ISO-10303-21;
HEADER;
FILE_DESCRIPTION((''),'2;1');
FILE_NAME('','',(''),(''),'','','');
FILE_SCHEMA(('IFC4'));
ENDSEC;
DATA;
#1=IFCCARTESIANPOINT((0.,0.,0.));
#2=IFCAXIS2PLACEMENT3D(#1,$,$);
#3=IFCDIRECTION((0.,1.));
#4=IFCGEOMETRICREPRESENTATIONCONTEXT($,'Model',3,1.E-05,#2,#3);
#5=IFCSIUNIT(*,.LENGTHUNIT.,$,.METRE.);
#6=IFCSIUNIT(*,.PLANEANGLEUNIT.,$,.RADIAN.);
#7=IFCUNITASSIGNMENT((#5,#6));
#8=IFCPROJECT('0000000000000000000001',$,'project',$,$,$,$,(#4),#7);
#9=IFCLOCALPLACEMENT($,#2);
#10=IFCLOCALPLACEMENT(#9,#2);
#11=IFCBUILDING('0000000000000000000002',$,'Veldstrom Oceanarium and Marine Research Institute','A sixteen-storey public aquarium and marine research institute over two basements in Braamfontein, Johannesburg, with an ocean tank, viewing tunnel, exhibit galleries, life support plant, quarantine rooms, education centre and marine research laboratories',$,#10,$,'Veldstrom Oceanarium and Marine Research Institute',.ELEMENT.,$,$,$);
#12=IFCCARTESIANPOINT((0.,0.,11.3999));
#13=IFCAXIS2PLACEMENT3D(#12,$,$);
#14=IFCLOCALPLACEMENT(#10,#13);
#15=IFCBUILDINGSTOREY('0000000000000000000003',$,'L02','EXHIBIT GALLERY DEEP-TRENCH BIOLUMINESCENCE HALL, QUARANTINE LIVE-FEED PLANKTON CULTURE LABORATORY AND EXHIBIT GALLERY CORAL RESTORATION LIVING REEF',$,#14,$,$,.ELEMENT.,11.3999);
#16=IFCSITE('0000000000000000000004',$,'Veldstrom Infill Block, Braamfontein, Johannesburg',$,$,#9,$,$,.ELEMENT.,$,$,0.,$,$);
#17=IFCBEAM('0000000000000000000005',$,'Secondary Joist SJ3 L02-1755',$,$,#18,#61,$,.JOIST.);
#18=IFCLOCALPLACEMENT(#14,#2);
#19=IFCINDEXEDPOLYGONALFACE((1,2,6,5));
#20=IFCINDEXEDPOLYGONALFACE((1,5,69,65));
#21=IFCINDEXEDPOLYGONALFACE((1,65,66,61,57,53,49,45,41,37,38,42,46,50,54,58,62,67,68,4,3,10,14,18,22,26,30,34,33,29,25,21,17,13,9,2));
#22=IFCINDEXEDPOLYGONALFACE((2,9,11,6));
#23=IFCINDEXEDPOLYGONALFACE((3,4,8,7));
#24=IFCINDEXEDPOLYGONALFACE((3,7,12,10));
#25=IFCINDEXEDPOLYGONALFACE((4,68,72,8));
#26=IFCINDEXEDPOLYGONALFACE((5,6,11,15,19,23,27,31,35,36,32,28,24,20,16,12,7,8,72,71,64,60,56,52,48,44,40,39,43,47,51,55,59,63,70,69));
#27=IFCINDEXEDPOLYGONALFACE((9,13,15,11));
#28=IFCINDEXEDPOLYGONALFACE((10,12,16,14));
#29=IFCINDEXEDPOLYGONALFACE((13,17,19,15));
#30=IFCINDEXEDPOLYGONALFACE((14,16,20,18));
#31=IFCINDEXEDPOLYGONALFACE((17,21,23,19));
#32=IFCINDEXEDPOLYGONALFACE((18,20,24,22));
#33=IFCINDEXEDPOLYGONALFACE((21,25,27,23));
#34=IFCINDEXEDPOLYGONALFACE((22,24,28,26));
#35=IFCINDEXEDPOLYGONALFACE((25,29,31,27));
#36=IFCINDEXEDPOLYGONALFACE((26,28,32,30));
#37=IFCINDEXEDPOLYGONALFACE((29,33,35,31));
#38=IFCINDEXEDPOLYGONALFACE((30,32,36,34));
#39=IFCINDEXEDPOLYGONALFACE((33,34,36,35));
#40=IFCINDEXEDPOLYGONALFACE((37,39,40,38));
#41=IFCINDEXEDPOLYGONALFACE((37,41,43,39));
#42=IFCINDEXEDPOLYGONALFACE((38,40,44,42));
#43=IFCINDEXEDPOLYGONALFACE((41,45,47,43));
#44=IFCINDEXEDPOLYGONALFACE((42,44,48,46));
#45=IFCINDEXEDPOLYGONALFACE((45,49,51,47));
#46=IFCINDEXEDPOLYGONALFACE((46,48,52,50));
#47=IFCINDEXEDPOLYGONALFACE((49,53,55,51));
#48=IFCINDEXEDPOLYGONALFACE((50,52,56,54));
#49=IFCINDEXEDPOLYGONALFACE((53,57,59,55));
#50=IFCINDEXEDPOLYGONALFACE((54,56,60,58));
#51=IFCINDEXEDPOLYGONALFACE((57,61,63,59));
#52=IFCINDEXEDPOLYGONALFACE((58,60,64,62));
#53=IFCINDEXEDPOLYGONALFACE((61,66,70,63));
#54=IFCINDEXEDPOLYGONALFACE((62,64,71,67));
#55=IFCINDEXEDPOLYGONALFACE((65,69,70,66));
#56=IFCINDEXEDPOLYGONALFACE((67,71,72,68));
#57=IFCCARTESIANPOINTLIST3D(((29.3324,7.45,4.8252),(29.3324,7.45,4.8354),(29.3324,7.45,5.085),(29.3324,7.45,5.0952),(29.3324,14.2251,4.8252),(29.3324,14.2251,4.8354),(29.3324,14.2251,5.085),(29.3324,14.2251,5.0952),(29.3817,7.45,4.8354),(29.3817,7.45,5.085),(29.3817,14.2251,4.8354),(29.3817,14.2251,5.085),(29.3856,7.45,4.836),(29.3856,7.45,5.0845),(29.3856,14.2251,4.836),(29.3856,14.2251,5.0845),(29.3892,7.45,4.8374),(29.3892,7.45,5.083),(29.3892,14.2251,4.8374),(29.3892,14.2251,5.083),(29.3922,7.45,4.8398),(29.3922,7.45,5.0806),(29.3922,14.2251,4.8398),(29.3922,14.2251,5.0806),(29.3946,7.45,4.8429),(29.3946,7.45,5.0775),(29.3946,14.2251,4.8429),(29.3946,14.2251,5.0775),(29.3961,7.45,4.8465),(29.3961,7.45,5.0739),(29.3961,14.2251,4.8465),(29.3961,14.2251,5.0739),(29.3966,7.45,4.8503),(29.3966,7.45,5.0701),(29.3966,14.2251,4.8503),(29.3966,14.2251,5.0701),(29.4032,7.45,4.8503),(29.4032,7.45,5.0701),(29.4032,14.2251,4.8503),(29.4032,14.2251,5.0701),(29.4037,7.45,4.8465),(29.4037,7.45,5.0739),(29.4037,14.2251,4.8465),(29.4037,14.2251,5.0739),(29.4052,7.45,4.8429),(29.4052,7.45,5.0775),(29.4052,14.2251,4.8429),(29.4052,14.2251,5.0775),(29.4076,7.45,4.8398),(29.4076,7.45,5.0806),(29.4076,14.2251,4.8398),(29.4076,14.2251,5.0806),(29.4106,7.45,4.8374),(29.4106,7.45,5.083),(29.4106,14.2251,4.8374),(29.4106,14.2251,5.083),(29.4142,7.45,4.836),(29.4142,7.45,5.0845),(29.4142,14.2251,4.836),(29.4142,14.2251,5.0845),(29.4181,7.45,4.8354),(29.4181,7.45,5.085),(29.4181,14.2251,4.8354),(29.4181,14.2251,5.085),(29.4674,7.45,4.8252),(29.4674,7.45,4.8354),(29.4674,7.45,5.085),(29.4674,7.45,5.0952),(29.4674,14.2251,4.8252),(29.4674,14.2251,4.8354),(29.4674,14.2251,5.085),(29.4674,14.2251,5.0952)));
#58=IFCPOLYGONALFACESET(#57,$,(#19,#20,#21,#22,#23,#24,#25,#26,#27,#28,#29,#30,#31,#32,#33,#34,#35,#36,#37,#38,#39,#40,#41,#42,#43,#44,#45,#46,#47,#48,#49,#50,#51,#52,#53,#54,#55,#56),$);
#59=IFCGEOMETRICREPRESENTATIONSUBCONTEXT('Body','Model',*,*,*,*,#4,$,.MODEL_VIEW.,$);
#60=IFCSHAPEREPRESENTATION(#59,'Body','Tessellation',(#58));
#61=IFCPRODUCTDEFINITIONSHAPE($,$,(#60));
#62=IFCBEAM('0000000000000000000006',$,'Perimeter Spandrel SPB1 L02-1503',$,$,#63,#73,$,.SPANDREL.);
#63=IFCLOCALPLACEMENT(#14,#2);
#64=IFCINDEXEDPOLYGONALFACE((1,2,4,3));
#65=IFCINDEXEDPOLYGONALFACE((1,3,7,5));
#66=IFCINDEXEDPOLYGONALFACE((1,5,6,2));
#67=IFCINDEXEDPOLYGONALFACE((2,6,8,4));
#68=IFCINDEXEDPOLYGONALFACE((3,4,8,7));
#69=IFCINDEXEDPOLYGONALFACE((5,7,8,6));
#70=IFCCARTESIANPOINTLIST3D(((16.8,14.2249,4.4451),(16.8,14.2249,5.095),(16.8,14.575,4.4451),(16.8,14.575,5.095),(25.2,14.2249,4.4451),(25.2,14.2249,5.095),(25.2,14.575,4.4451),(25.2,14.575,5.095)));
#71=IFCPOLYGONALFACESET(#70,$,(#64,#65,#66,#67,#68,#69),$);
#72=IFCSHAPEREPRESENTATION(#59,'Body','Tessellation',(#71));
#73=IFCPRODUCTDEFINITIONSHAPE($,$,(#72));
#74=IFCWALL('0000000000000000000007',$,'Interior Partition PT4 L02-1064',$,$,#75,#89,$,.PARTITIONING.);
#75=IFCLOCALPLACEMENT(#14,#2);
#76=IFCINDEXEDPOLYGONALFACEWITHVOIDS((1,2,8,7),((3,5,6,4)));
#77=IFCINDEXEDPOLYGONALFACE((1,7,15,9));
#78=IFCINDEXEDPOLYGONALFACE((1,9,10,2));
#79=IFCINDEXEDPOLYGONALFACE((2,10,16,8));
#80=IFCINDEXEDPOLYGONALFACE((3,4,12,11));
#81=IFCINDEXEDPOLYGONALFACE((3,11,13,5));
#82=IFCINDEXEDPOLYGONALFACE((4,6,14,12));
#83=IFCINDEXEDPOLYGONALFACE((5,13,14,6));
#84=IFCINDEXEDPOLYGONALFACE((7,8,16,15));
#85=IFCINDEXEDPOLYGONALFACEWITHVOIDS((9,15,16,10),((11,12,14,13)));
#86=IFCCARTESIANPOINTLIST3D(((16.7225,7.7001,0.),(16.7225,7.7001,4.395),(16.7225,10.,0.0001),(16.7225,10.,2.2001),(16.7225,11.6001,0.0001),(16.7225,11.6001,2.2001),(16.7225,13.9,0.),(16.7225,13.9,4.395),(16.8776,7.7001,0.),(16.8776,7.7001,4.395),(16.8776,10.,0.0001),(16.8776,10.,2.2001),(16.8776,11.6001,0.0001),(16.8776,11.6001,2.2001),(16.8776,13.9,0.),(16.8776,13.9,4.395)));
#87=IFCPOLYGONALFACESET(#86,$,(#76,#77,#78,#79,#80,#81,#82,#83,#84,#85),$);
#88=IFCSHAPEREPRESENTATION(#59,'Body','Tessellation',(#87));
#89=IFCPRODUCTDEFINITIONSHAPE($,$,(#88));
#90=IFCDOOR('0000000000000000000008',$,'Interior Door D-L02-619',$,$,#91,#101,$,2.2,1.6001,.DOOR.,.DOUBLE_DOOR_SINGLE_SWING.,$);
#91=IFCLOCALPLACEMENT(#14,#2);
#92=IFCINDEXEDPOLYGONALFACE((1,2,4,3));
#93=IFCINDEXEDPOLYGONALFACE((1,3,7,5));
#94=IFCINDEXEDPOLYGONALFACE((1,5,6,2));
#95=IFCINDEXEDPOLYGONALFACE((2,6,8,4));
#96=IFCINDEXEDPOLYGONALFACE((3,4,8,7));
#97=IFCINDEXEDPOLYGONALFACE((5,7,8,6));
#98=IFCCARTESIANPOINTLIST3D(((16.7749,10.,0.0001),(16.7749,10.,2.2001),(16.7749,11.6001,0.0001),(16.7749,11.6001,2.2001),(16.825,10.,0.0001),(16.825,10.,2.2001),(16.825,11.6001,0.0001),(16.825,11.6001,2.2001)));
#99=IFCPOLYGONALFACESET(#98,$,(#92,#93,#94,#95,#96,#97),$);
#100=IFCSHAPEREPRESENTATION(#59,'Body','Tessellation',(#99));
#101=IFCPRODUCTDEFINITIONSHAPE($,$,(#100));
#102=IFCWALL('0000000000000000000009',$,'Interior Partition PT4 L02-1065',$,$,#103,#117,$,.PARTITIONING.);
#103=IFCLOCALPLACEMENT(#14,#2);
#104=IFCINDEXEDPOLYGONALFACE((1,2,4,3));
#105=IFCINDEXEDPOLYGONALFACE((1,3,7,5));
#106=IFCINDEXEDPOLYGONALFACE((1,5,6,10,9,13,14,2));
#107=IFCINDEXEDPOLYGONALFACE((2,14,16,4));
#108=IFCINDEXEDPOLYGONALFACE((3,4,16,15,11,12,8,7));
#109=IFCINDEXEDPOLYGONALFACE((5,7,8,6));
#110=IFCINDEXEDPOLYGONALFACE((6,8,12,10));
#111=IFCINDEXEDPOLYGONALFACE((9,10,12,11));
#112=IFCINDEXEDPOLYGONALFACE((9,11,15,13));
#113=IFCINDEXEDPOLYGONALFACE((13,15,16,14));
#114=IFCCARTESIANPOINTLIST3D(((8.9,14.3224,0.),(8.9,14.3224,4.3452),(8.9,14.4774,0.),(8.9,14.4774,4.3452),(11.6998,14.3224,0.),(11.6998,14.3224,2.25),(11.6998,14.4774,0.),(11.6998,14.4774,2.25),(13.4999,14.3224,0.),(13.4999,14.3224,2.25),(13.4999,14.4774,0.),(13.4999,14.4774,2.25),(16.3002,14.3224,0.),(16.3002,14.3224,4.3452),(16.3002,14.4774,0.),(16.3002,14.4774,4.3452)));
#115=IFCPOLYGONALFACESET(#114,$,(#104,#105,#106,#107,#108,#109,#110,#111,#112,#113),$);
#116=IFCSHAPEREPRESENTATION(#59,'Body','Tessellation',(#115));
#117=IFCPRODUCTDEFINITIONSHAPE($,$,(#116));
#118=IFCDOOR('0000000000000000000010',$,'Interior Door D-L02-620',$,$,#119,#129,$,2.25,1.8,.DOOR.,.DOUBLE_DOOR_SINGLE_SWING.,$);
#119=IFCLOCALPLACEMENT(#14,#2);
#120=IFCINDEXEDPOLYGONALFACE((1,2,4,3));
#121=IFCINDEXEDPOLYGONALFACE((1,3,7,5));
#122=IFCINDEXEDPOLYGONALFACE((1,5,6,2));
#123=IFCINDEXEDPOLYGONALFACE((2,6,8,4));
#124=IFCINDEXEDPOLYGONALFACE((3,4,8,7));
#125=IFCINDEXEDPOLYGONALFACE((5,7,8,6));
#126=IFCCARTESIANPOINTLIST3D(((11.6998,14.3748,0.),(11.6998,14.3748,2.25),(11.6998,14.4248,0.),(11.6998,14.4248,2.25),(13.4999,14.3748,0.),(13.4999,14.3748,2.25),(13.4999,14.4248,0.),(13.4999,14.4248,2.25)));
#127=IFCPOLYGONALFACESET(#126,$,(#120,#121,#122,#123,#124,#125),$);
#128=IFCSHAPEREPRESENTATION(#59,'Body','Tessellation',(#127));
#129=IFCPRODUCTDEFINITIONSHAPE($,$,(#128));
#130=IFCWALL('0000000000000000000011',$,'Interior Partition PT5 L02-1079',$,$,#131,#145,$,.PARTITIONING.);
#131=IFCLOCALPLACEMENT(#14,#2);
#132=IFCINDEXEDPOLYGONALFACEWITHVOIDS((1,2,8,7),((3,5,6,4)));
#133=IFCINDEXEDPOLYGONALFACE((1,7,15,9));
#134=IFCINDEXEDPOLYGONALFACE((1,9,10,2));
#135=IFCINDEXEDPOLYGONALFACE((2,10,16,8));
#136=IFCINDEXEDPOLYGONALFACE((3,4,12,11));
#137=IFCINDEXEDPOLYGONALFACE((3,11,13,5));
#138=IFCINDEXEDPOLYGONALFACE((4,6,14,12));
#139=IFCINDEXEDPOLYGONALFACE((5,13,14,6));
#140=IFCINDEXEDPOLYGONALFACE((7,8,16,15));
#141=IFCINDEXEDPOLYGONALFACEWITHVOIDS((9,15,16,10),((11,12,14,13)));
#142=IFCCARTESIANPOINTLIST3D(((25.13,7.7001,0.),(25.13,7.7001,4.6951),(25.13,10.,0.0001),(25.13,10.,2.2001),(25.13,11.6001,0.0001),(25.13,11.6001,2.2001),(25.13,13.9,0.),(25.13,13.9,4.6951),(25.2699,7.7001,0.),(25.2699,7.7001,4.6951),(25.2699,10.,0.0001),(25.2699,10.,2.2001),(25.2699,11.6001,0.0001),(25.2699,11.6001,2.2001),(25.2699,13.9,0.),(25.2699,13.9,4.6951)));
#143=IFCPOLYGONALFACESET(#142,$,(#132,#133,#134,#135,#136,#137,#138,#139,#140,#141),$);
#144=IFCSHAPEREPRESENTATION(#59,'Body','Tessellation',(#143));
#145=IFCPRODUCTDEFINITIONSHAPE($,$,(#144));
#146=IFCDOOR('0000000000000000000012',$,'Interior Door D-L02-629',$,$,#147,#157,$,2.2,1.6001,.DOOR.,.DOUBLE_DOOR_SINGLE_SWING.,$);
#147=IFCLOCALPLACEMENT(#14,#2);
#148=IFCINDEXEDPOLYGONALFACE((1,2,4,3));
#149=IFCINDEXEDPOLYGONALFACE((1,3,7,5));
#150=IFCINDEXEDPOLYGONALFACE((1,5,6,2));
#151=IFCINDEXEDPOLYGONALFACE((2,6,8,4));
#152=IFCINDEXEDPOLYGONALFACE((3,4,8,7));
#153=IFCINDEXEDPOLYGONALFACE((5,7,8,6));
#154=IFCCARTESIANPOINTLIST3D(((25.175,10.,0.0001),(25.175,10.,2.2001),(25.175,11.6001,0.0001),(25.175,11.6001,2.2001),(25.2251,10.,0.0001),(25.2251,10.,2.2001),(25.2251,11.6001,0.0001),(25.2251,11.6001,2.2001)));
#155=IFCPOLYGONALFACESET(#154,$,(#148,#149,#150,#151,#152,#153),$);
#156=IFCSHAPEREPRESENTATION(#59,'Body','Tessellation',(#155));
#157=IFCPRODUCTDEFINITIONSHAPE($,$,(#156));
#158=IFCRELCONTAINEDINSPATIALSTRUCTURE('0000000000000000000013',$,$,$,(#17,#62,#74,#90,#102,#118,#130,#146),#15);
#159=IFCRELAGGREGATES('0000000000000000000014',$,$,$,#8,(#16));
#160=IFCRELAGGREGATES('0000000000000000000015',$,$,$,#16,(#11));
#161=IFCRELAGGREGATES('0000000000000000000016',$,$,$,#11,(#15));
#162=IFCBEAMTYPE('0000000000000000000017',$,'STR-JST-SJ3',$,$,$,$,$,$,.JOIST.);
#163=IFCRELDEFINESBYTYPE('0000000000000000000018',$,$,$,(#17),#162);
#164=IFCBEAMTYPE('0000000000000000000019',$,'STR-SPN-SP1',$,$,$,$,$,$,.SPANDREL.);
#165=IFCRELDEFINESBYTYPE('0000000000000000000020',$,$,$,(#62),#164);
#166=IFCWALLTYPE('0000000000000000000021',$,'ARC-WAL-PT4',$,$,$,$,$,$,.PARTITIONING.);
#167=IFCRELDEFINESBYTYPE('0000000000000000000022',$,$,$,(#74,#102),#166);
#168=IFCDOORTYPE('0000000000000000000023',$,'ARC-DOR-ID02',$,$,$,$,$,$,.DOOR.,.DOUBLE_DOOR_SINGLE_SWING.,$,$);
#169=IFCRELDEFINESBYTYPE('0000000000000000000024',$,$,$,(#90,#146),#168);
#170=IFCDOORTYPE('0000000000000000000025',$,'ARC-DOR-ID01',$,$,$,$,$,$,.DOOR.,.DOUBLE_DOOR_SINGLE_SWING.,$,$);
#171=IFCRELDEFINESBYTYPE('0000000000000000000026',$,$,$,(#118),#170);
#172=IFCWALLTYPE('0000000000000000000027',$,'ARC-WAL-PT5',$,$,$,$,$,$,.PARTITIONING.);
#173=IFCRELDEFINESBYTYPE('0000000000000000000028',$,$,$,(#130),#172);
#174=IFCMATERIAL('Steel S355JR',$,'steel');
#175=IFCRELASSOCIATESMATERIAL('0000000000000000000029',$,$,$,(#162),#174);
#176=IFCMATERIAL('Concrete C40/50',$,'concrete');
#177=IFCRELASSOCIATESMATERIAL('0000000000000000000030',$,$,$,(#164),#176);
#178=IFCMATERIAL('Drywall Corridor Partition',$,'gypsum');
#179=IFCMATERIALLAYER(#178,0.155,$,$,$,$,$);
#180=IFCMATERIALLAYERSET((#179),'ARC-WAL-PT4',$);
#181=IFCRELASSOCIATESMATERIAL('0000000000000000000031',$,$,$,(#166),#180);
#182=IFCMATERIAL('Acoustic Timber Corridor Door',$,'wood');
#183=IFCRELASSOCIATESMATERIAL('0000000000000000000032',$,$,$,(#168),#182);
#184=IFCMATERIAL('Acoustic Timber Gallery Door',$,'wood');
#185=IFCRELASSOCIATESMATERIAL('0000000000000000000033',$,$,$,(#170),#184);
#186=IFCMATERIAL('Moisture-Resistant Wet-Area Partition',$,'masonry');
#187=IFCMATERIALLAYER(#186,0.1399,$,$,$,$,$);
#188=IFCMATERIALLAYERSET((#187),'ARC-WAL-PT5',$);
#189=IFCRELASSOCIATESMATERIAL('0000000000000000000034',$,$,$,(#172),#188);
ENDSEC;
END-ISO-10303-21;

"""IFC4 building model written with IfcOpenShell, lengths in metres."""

from ifc_helpers import new_model, si_unit, direction, frame, frame_2d, origin, origin_2d, place, context, subcontext, project, spatial, rectangle, i_section, extrude, material, layer, layer_set, material_profile, profile_set, type_object, element, fill, save


model = new_model("IFC4")

# Units and contexts
model_context = context("Model", 3, precision=1e-05, world=origin(), true_north=direction((0.0, 1.0)))
body_context = subcontext(model_context, "Body", "Model", "MODEL_VIEW")
ifc_project = project(units=[si_unit("LENGTHUNIT", "METRE"), si_unit("PLANEANGLEUNIT", "RADIAN")], contexts=[model_context])

# Site, building, storey
site_placement = place(None, origin())
site = spatial("IfcSite", under=ifc_project, at=site_placement, Name="Veldstrom Infill Block, Braamfontein, Johannesburg", CompositionType="ELEMENT", RefElevation=0.0)
building_placement = place(site_placement, origin())
building = spatial("IfcBuilding", under=site, at=building_placement, Name="Veldstrom Oceanarium and Marine Research Institute", Description="A sixteen-storey public aquarium and marine research institute over two basements in Braamfontein, Johannesburg, with an ocean tank, viewing tunnel, exhibit galleries, life support plant, quarantine rooms, education centre and marine research laboratories", LongName="Veldstrom Oceanarium and Marine Research Institute", CompositionType="ELEMENT")
storey_placement = place(building_placement, frame((0.0, 0.0, 11.3999)))
storey = spatial("IfcBuildingStorey", under=building, at=storey_placement, Name="L02", Description="EXHIBIT GALLERY DEEP-TRENCH BIOLUMINESCENCE HALL, QUARANTINE LIVE-FEED PLANKTON CULTURE LABORATORY AND EXHIBIT GALLERY CORAL RESTORATION LIVING REEF", CompositionType="ELEMENT", Elevation=11.3999)

# Beams
ifc_material_1 = material(Name="Steel S355JR", Category="steel")
ifc_material_profile_1 = material_profile(ifc_material_1, i_section(OverallWidth=0.135, OverallDepth=0.27, WebThickness=0.0066, FlangeThickness=0.0103, FilletRadius=0.0149, at=origin_2d()), Name="IPE 270")
ifc_profile_set_1 = profile_set([ifc_material_profile_1], Name="Steel S355JR")
beam_type_1 = type_object("IfcBeamType", Name="STR-JST-SJ3", PredefinedType="JOIST", material=ifc_profile_set_1)
beam_1_placement = place(storey_placement, frame((29.3999, 7.45, 4.9602), z_axis=(0.0, 1.0, 0.0), x_axis=(-1.0, 0.0, 0.0)))
element("IfcBeam", 1, at=beam_1_placement, inside=storey, type_object=beam_type_1, Name="Secondary Joist SJ3 L02-1755", PredefinedType="JOIST", context=body_context, shape_type="SweptSolid", body=[
    extrude(i_section(OverallWidth=0.135, OverallDepth=0.27, WebThickness=0.0066, FlangeThickness=0.0103, FilletRadius=0.0149, at=origin_2d()), origin(), (0.0, 0.0, 1.0), 6.7751),
])
ifc_material_2 = material(Name="Concrete C40/50", Category="concrete")
ifc_material_profile_2 = material_profile(ifc_material_2, rectangle(XDim=0.3501, YDim=0.6499, at=origin_2d()), Name="RC-SPN-350x650")
ifc_profile_set_2 = profile_set([ifc_material_profile_2], Name="Concrete C40/50")
beam_type_2 = type_object("IfcBeamType", Name="STR-SPN-SP1", PredefinedType="SPANDREL", material=ifc_profile_set_2)
beam_2_placement = place(storey_placement, frame((16.8, 14.3999, 4.77), z_axis=(1.0, 0.0, 0.0), x_axis=(0.0, 1.0, 0.0)))
element("IfcBeam", 2, at=beam_2_placement, inside=storey, type_object=beam_type_2, Name="Perimeter Spandrel SPB1 L02-1503", PredefinedType="SPANDREL", context=body_context, shape_type="SweptSolid", body=[
    extrude(rectangle(XDim=0.3501, YDim=0.6499, at=origin_2d()), origin(), (0.0, 0.0, 1.0), 8.3999),
])

# Walls, openings, doors
ifc_material_3 = material(Name="Drywall Corridor Partition", Category="gypsum")
ifc_layer_1 = layer(ifc_material_3, 0.155)
ifc_layer_set_1 = layer_set([ifc_layer_1], Name="ARC-WAL-PT4")
wall_type_1 = type_object("IfcWallType", Name="ARC-WAL-PT4", PredefinedType="PARTITIONING", material=ifc_layer_set_1)
wall_1_placement = place(storey_placement, frame((16.8, 7.7, 0.0), z_axis=(0.0, 0.0, 1.0), x_axis=(0.0, 1.0, 0.0)))
wall_1 = element("IfcWall", 3, at=wall_1_placement, inside=storey, type_object=wall_type_1, Name="Interior Partition PT4 L02-1064", PredefinedType="PARTITIONING", context=body_context, shape_type="SweptSolid", body=[
    extrude(rectangle(XDim=6.2, YDim=0.155, at=frame_2d((3.1001, 0.0))), origin(), (0.0, 0.0, 1.0), 4.395),
])
opening_1_placement = place(wall_1_placement, frame((2.3, 0.0, 0.0)))
opening_1 = element("IfcOpeningElement", 4, at=opening_1_placement, cuts=wall_1, PredefinedType="OPENING", context=body_context, shape_type="SweptSolid", body=[
    extrude(rectangle(XDim=1.6001, YDim=2.2, at=frame_2d((0.8, 1.1001))), frame((0.0, 0.0874, 0.0), z_axis=(0.0, -1.0, 0.0), x_axis=(1.0, 0.0, 0.0)), (0.0, 0.0, 1.0), 0.175),
])
ifc_material_4 = material(Name="Acoustic Timber Corridor Door", Category="wood")
door_type_1 = type_object("IfcDoorType", Name="ARC-DOR-ID02", OperationType="DOUBLE_DOOR_SINGLE_SWING", PredefinedType="DOOR", material=ifc_material_4)
door_1_placement = place(opening_1_placement, frame((1.6001, 0.0, 0.0), z_axis=(0.0, 0.0, 1.0), x_axis=(-1.0, 0.0, 0.0)))
door_1 = element("IfcDoor", 5, at=door_1_placement, inside=storey, type_object=door_type_1, Name="Interior Door D-L02-619", OperationType="DOUBLE_DOOR_SINGLE_SWING", OverallHeight=2.2, OverallWidth=1.6001, PredefinedType="DOOR", context=body_context, shape_type="SweptSolid", body=[
    extrude(rectangle(XDim=1.6001, YDim=2.2, at=frame_2d((0.8, 1.1001))), frame((0.0, 0.0249, 0.0), z_axis=(0.0, -1.0, 0.0), x_axis=(1.0, 0.0, 0.0)), (0.0, 0.0, 1.0), 0.05),
])
fill(opening_1, door_1)
wall_2_placement = place(storey_placement, frame((8.8999, 14.3999, 0.0), z_axis=(0.0, 0.0, 1.0), x_axis=(1.0, 0.0, 0.0)))
wall_2 = element("IfcWall", 6, at=wall_2_placement, inside=storey, type_object=wall_type_1, Name="Interior Partition PT4 L02-1065", PredefinedType="PARTITIONING", context=body_context, shape_type="SweptSolid", body=[
    extrude(rectangle(XDim=7.4001, YDim=0.155, at=frame_2d((3.7002, 0.0))), origin(), (0.0, 0.0, 1.0), 4.3452),
])
opening_2_placement = place(wall_2_placement, frame((2.8, 0.0, 0.0)))
opening_2 = element("IfcOpeningElement", 7, at=opening_2_placement, cuts=wall_2, PredefinedType="OPENING", context=body_context, shape_type="SweptSolid", body=[
    extrude(rectangle(XDim=1.8, YDim=2.25, at=frame_2d((0.8999, 1.125))), frame((0.0, 0.0874, 0.0), z_axis=(0.0, -1.0, 0.0), x_axis=(1.0, 0.0, 0.0)), (0.0, 0.0, 1.0), 0.175),
])
ifc_material_5 = material(Name="Acoustic Timber Gallery Door", Category="wood")
door_type_2 = type_object("IfcDoorType", Name="ARC-DOR-ID01", OperationType="DOUBLE_DOOR_SINGLE_SWING", PredefinedType="DOOR", material=ifc_material_5)
door_2_placement = place(opening_2_placement, origin())
door_2 = element("IfcDoor", 8, at=door_2_placement, inside=storey, type_object=door_type_2, Name="Interior Door D-L02-620", OperationType="DOUBLE_DOOR_SINGLE_SWING", OverallHeight=2.25, OverallWidth=1.8, PredefinedType="DOOR", context=body_context, shape_type="SweptSolid", body=[
    extrude(rectangle(XDim=1.8, YDim=2.25, at=frame_2d((0.8999, 1.125))), frame((0.0, 0.0249, 0.0), z_axis=(0.0, -1.0, 0.0), x_axis=(1.0, 0.0, 0.0)), (0.0, 0.0, 1.0), 0.05),
])
fill(opening_2, door_2)
ifc_material_6 = material(Name="Moisture-Resistant Wet-Area Partition", Category="masonry")
ifc_layer_2 = layer(ifc_material_6, 0.1399)
ifc_layer_set_2 = layer_set([ifc_layer_2], Name="ARC-WAL-PT5")
wall_type_2 = type_object("IfcWallType", Name="ARC-WAL-PT5", PredefinedType="PARTITIONING", material=ifc_layer_set_2)
wall_3_placement = place(storey_placement, frame((25.2, 7.7, 0.0), z_axis=(0.0, 0.0, 1.0), x_axis=(0.0, 1.0, 0.0)))
wall_3 = element("IfcWall", 9, at=wall_3_placement, inside=storey, type_object=wall_type_2, Name="Interior Partition PT5 L02-1079", PredefinedType="PARTITIONING", context=body_context, shape_type="SweptSolid", body=[
    extrude(rectangle(XDim=6.2, YDim=0.1399, at=frame_2d((3.1001, 0.0))), origin(), (0.0, 0.0, 1.0), 4.6951),
])
opening_3_placement = place(wall_3_placement, frame((2.3, 0.0, 0.0)))
opening_3 = element("IfcOpeningElement", 10, at=opening_3_placement, cuts=wall_3, PredefinedType="OPENING", context=body_context, shape_type="SweptSolid", body=[
    extrude(rectangle(XDim=1.6001, YDim=2.2, at=frame_2d((0.8, 1.1001))), frame((0.0, 0.0798, 0.0), z_axis=(0.0, -1.0, 0.0), x_axis=(1.0, 0.0, 0.0)), (0.0, 0.0, 1.0), 0.1599),
])
door_3_placement = place(opening_3_placement, origin())
door_3 = element("IfcDoor", 11, at=door_3_placement, inside=storey, type_object=door_type_1, Name="Interior Door D-L02-629", OperationType="DOUBLE_DOOR_SINGLE_SWING", OverallHeight=2.2, OverallWidth=1.6001, PredefinedType="DOOR", context=body_context, shape_type="SweptSolid", body=[
    extrude(rectangle(XDim=1.6001, YDim=2.2, at=frame_2d((0.8, 1.1001))), frame((0.0, 0.0249, 0.0), z_axis=(0.0, -1.0, 0.0), x_axis=(1.0, 0.0, 0.0)), (0.0, 0.0, 1.0), 0.05),
])
fill(opening_3, door_3)

save(model, "model.ifc")
